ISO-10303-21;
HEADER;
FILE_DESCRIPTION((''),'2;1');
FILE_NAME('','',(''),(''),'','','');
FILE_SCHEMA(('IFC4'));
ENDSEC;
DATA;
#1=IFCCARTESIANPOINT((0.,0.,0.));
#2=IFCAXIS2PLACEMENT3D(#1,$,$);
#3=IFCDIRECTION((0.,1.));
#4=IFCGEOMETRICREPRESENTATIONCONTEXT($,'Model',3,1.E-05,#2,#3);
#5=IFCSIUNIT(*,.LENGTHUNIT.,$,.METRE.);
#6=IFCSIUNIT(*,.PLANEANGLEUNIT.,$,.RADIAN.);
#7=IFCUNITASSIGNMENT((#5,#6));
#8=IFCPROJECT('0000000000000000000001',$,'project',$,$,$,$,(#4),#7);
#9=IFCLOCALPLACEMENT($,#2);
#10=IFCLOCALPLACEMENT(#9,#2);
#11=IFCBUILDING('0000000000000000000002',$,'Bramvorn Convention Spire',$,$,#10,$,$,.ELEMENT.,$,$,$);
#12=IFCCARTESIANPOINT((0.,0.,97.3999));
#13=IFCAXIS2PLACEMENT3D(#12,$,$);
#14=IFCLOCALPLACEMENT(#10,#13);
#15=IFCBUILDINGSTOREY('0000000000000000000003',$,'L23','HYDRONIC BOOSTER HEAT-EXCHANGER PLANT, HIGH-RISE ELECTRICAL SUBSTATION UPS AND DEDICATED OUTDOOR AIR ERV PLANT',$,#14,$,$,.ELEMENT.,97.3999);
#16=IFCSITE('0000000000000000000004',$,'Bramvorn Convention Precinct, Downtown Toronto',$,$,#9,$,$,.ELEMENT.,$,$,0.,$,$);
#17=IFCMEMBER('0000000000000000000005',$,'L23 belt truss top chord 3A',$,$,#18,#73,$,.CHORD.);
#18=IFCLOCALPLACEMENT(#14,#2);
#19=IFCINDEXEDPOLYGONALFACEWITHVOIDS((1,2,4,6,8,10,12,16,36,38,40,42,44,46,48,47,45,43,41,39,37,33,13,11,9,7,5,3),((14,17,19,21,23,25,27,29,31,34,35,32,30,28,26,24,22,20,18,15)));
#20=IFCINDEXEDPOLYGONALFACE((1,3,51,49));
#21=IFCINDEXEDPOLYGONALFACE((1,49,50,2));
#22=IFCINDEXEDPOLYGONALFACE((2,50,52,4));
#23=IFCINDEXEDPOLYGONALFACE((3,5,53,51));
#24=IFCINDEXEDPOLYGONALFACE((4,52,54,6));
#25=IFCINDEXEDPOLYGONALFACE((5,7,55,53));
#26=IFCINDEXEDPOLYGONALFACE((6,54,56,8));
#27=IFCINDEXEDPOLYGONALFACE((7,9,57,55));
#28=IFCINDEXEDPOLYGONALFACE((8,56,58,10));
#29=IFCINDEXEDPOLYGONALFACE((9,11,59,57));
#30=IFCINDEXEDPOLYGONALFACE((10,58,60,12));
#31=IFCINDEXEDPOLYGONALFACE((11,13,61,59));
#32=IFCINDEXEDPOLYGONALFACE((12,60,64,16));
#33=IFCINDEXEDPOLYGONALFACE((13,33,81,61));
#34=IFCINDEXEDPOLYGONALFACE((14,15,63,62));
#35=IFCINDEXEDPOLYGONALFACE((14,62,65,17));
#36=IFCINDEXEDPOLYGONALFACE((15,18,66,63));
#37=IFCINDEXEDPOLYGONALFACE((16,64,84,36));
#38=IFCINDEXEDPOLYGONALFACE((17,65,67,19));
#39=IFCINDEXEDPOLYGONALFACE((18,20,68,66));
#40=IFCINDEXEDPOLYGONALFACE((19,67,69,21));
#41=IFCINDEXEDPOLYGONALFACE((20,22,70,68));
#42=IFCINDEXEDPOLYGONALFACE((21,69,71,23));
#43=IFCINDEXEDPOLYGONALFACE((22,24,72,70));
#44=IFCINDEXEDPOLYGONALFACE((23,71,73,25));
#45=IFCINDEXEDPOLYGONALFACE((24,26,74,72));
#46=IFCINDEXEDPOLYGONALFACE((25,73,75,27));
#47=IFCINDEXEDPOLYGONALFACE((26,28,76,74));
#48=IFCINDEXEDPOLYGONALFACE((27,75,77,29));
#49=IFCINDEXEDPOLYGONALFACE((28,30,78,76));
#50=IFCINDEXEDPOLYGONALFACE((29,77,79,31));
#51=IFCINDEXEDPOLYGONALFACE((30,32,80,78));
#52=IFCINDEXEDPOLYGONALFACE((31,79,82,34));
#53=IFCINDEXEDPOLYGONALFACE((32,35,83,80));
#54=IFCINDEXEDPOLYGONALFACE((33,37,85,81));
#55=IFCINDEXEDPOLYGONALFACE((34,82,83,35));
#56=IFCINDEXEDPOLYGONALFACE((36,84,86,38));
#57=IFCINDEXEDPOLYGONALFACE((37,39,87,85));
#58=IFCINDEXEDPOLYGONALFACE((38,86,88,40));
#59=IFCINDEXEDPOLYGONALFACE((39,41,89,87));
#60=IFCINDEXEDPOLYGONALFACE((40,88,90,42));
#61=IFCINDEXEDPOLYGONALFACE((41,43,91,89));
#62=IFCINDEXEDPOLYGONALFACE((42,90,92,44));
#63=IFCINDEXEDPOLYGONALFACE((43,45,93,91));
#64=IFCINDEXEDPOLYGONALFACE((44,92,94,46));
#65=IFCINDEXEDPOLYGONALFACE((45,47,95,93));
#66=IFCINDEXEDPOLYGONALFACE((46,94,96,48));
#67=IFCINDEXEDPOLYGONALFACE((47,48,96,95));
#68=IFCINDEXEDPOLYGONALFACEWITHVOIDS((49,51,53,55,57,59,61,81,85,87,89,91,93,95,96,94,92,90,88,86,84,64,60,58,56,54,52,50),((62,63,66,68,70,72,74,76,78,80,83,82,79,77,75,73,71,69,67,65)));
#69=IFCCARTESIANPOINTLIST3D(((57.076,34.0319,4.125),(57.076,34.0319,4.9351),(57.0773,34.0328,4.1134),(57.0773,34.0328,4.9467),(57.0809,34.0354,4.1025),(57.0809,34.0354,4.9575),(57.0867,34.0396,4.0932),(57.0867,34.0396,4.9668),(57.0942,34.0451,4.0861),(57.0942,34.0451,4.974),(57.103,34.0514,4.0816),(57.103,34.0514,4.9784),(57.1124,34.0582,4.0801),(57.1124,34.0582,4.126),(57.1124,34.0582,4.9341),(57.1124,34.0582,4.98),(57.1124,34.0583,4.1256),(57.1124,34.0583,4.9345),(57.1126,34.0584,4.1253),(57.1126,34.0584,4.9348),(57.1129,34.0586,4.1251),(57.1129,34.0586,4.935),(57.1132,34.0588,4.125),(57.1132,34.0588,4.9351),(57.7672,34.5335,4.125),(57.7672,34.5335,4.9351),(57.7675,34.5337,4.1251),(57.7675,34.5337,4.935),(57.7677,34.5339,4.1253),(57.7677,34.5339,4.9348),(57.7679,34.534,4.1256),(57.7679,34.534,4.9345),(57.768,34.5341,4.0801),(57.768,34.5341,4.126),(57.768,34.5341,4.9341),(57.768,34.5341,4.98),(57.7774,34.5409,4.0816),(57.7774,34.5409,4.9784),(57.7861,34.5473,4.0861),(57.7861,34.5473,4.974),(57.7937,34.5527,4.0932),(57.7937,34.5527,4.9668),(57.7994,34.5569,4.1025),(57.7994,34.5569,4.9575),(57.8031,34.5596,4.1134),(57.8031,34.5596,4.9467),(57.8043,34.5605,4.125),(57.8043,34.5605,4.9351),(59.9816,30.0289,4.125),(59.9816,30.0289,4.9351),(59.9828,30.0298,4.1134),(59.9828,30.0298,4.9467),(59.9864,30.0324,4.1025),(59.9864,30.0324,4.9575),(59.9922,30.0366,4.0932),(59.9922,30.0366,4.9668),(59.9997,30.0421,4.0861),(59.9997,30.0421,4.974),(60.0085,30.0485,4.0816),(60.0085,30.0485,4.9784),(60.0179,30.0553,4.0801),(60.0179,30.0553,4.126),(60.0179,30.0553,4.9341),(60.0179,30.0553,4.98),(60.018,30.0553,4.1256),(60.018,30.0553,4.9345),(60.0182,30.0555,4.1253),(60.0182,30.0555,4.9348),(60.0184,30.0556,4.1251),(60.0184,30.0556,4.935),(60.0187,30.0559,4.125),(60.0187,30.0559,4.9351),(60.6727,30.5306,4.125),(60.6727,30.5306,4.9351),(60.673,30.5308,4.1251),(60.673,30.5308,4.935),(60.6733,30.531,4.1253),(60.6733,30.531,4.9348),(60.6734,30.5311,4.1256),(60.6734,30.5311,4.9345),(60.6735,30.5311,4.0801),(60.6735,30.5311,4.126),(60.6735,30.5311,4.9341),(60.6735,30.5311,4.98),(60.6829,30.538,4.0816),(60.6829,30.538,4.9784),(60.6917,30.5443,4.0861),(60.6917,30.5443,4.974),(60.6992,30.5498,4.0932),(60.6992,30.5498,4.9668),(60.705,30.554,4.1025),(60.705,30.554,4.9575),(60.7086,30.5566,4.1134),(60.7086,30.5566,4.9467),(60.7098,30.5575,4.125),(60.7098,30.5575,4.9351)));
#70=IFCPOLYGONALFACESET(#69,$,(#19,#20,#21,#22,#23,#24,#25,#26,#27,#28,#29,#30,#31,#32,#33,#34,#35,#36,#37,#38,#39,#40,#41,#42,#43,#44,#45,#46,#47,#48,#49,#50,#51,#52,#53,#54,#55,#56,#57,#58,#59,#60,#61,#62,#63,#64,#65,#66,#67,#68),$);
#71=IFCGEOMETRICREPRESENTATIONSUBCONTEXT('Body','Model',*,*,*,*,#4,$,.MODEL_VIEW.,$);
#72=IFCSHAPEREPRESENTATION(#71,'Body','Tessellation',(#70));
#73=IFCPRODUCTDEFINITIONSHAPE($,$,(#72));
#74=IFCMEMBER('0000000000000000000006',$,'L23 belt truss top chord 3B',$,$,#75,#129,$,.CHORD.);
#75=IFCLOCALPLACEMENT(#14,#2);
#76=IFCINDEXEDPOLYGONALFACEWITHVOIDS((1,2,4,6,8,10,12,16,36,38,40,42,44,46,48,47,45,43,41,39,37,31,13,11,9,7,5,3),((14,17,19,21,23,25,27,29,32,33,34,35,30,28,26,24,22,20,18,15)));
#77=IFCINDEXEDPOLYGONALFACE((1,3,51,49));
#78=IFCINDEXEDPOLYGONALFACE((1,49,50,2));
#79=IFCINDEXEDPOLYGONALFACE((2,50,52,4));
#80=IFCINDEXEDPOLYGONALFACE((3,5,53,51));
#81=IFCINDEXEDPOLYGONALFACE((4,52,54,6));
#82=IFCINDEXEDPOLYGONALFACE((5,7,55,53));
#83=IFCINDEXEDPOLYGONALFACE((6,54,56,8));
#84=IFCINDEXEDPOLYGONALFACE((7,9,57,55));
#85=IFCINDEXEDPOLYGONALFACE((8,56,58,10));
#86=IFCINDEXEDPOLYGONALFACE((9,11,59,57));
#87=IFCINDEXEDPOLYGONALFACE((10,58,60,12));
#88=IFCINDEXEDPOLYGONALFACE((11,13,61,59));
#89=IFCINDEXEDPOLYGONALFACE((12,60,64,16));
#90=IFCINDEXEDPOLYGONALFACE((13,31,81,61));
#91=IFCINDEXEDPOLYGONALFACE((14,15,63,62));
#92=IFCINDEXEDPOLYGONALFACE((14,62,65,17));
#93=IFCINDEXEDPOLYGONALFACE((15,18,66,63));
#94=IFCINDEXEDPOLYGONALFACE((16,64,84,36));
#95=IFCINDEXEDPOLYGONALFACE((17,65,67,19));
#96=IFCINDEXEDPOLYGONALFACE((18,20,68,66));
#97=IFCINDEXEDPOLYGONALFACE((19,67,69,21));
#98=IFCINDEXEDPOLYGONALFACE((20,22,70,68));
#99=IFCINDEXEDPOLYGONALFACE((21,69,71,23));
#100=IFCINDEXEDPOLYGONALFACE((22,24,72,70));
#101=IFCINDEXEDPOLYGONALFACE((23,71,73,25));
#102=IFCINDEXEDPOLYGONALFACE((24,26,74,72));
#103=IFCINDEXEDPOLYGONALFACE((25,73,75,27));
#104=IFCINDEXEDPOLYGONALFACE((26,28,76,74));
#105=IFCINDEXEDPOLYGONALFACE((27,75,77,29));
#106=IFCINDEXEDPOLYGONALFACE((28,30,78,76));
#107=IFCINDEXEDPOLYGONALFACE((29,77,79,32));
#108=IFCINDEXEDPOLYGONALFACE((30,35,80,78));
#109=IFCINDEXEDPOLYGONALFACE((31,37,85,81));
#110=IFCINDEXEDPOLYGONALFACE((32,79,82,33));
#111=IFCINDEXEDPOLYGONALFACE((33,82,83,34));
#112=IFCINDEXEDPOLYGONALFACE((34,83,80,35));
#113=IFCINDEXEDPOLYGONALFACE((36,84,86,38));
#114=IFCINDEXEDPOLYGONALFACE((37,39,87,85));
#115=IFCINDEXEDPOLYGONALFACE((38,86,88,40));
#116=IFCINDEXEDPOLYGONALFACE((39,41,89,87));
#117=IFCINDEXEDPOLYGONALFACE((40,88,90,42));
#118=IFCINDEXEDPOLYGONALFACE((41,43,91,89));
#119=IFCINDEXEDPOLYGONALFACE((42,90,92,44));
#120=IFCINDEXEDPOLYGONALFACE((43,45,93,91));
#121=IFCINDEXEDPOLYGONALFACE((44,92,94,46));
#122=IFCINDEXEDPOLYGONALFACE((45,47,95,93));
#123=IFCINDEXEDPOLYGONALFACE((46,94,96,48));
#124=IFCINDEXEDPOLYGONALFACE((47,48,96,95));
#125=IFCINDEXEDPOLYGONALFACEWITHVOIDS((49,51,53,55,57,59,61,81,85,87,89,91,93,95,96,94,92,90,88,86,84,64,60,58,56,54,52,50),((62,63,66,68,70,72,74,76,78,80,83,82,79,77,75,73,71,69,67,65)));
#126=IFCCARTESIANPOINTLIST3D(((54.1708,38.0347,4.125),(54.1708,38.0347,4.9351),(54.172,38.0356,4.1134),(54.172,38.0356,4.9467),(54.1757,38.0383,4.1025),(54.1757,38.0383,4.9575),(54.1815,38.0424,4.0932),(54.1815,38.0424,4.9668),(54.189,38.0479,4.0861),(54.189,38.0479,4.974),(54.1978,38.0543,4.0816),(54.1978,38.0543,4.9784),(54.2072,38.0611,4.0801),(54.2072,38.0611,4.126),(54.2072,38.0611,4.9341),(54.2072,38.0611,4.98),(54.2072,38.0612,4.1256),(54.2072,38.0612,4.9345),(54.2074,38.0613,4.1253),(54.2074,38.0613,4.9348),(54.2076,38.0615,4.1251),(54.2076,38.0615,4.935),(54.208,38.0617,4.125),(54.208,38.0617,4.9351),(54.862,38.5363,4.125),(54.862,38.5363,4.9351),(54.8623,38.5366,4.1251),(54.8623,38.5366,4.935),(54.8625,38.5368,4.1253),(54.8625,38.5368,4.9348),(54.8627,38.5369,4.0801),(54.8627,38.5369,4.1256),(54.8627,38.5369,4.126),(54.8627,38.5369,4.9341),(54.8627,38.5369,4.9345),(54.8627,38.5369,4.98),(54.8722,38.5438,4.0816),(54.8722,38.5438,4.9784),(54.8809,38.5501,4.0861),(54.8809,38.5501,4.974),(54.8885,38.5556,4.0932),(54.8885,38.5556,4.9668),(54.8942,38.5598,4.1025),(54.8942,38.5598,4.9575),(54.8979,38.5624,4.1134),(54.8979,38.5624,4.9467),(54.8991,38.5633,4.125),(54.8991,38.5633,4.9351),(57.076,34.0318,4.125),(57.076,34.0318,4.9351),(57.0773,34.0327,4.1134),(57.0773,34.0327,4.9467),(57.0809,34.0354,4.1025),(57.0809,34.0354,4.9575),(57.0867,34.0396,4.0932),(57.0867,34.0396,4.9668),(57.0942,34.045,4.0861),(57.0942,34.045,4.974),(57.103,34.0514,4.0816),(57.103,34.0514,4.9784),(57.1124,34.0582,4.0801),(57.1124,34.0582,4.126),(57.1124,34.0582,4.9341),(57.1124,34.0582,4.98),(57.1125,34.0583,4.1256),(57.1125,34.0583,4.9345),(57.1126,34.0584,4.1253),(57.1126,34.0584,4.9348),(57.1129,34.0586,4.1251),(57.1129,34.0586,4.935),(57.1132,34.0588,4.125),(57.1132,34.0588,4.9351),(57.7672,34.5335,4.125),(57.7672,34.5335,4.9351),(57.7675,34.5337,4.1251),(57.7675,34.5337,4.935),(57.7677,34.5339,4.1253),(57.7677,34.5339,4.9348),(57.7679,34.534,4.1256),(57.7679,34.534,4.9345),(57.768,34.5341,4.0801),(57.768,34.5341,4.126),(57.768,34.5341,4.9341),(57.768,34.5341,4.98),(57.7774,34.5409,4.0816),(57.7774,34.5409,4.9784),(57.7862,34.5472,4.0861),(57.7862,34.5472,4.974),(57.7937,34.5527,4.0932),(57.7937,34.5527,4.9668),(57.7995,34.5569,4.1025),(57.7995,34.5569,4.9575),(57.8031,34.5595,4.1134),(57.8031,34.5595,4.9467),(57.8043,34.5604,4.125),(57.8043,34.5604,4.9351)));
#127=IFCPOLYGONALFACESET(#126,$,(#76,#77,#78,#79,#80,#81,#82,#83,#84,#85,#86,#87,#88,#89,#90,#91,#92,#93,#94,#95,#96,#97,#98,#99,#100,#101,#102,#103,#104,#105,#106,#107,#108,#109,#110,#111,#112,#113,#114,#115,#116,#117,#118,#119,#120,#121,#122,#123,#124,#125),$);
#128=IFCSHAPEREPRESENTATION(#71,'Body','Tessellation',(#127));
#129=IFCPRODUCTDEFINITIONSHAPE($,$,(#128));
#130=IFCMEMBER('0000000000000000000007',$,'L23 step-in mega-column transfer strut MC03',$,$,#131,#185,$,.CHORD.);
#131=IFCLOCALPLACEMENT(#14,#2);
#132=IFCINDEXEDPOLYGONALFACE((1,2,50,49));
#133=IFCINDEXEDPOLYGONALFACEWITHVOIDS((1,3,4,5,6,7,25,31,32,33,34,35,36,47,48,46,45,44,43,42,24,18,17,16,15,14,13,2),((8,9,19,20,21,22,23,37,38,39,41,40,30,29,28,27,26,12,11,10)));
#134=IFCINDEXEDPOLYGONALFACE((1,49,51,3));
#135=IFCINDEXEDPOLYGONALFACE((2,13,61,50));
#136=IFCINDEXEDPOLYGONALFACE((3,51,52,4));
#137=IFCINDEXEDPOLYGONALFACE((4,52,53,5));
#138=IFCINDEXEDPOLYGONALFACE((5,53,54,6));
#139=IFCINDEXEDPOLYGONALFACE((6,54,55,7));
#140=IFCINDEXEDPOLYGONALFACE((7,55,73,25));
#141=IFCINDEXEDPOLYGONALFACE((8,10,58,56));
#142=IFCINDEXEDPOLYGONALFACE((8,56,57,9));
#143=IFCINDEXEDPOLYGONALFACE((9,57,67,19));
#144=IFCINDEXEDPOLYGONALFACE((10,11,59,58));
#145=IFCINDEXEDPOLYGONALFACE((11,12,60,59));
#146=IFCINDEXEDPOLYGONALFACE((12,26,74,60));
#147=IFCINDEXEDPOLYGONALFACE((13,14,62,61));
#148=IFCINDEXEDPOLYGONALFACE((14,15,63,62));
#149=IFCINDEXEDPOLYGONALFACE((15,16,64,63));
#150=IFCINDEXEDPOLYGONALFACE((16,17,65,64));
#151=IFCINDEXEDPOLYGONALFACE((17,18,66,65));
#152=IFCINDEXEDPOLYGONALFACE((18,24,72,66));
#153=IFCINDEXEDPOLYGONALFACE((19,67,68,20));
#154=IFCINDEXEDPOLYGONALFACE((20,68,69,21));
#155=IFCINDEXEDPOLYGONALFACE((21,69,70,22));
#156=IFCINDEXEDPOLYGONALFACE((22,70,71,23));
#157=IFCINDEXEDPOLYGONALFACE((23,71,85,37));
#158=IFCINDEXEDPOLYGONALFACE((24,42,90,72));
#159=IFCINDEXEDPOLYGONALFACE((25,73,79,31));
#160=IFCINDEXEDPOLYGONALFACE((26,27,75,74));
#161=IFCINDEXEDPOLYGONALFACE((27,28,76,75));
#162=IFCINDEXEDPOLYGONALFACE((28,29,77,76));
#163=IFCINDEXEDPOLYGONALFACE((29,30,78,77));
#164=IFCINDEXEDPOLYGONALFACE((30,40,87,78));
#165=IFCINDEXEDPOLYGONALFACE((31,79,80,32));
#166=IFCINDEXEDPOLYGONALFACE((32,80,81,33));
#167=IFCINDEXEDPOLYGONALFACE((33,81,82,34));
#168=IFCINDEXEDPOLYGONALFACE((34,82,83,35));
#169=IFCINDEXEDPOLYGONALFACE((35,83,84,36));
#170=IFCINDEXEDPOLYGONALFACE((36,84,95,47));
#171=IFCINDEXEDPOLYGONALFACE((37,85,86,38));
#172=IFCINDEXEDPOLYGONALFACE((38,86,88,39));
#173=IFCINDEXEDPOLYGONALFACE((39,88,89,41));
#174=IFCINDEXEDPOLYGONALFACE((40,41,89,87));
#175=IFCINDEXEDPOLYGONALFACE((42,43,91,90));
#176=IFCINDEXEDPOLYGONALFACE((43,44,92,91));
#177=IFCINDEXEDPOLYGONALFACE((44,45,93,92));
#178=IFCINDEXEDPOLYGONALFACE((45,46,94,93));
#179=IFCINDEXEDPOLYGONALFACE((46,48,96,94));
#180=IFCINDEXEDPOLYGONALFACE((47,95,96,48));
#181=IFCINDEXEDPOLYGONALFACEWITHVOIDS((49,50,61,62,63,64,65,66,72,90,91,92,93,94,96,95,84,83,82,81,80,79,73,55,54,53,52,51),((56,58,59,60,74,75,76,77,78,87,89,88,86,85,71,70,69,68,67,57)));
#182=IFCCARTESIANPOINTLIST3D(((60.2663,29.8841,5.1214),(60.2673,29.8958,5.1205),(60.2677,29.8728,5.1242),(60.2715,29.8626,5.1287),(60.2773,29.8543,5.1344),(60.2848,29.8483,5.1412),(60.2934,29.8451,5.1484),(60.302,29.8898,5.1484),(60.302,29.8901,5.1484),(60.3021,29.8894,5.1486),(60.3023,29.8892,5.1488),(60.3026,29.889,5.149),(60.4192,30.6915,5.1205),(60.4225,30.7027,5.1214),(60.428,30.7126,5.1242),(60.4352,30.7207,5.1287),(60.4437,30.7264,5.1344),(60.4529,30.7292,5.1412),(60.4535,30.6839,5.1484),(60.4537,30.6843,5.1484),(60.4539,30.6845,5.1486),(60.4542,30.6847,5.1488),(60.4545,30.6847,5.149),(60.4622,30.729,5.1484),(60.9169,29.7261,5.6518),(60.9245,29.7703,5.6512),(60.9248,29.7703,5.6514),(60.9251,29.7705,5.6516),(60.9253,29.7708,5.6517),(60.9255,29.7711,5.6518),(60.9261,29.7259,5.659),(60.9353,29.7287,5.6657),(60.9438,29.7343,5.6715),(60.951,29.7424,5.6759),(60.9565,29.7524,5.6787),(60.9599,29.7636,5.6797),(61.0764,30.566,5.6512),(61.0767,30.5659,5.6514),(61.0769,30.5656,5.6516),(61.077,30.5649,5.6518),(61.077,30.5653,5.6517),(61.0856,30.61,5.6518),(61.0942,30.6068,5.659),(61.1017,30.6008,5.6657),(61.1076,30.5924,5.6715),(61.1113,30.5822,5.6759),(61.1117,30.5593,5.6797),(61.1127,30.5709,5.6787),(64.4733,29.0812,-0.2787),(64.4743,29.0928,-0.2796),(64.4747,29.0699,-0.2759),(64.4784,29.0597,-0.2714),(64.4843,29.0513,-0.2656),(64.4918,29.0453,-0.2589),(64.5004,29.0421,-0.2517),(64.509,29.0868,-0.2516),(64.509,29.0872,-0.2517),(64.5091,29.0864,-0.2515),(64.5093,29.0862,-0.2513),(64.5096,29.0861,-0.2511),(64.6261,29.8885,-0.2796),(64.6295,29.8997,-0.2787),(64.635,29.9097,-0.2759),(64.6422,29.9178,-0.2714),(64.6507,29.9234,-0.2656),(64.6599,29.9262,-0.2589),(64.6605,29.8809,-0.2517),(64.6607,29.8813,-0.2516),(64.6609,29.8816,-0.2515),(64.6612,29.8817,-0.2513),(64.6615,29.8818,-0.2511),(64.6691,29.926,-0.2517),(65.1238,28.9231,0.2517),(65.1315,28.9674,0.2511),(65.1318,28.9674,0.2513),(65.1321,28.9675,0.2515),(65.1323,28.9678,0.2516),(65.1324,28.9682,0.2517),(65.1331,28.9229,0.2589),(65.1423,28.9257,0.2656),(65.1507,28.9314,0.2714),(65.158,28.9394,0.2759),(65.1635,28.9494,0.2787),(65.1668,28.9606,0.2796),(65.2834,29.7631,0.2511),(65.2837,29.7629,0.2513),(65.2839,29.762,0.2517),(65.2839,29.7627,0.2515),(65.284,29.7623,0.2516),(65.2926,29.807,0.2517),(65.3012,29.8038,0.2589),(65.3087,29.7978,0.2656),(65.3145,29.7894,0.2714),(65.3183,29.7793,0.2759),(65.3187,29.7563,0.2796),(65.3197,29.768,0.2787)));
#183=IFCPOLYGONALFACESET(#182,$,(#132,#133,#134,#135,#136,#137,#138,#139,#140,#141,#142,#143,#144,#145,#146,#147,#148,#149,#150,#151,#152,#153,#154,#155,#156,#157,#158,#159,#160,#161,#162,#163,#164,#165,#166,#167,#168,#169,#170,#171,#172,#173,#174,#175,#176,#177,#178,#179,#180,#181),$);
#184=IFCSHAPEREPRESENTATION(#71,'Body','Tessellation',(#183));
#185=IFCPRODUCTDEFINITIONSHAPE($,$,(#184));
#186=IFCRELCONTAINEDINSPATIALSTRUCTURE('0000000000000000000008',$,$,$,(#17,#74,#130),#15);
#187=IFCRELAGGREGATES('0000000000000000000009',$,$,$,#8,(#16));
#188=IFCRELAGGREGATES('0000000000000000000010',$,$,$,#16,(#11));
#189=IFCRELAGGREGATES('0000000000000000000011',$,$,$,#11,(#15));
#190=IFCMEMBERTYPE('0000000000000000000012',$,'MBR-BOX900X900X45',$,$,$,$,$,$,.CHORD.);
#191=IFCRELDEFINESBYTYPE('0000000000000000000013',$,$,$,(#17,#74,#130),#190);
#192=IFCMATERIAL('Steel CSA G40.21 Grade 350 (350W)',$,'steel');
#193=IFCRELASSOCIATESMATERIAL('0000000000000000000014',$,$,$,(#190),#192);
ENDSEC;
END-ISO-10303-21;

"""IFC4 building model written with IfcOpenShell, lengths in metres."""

from ifc_helpers import new_model, si_unit, direction, frame, origin, origin_2d, place, context, subcontext, project, spatial, hollow_rectangle, extrude, material, material_profile, profile_set, type_object, element, save


model = new_model("IFC4")

# Units and contexts
model_context = context("Model", 3, precision=1e-05, world=origin(), true_north=direction((0.0, 1.0)))
body_context = subcontext(model_context, "Body", "Model", "MODEL_VIEW")
ifc_project = project(units=[si_unit("LENGTHUNIT", "METRE"), si_unit("PLANEANGLEUNIT", "RADIAN")], contexts=[model_context])

# Site, building, storey
site_placement = place(None, origin())
site = spatial("IfcSite", under=ifc_project, at=site_placement, Name="Bramvorn Convention Precinct, Downtown Toronto", CompositionType="ELEMENT", RefElevation=0.0)
building_placement = place(site_placement, origin())
building = spatial("IfcBuilding", under=site, at=building_placement, Name="Bramvorn Convention Spire", CompositionType="ELEMENT")
storey_placement = place(building_placement, frame((0.0, 0.0, 97.3999)))
storey = spatial("IfcBuildingStorey", under=building, at=storey_placement, Name="L23", Description="HYDRONIC BOOSTER HEAT-EXCHANGER PLANT, HIGH-RISE ELECTRICAL SUBSTATION UPS AND DEDICATED OUTDOOR AIR ERV PLANT", CompositionType="ELEMENT", Elevation=97.3999)

# Shared definitions
ifc_material_1 = material(Name="Steel CSA G40.21 Grade 350 (350W)", Category="steel")

# Members
ifc_material_profile_1 = material_profile(ifc_material_1, hollow_rectangle(XDim=0.8999, YDim=0.8999, WallThickness=0.0449, InnerFilletRadius=0.001, OuterFilletRadius=0.0449, at=origin_2d()))
ifc_profile_set_1 = profile_set([ifc_material_profile_1], Name="Steel CSA G40.21 Grade 350 (350W) - BOX900X900X45")
member_type_1 = type_object("IfcMemberType", Name="MBR-BOX900X900X45", PredefinedType="CHORD", material=ifc_profile_set_1)
member_1_placement = place(storey_placement, frame((60.3457, 30.2932, 4.53), z_axis=(-0.587417, 0.809284, 0.0), x_axis=(-0.809284, -0.587417, 0.0)))
element("IfcMember", 1, at=member_1_placement, inside=storey, type_object=member_type_1, Name="L23 belt truss top chord 3A", PredefinedType="CHORD", context=body_context, shape_type="SweptSolid", body=[
    extrude(hollow_rectangle(XDim=0.8999, YDim=0.8999, WallThickness=0.0449, InnerFilletRadius=0.001, OuterFilletRadius=0.0449, at=origin_2d()), origin(), (0.0, 0.0, 1.0), 4.9463),
])
member_2_placement = place(storey_placement, frame((57.4402, 34.2961, 4.53), z_axis=(-0.587385, 0.809308, 0.0), x_axis=(-0.809308, -0.587385, 0.0)))
element("IfcMember", 2, at=member_2_placement, inside=storey, type_object=member_type_1, Name="L23 belt truss top chord 3B", PredefinedType="CHORD", context=body_context, shape_type="SweptSolid", body=[
    extrude(hollow_rectangle(XDim=0.8999, YDim=0.8999, WallThickness=0.0449, InnerFilletRadius=0.001, OuterFilletRadius=0.0449, at=origin_2d()), origin(), (0.0, 0.0, 1.0), 4.946),
])
member_3_placement = place(storey_placement, frame((64.8965, 29.4246, 0.0), z_axis=(-0.610385, 0.116502, 0.783491), x_axis=(-0.187481, -0.982268, 0.0)))
element("IfcMember", 3, at=member_3_placement, inside=storey, type_object=member_type_1, Name="L23 step-in mega-column transfer strut MC03", PredefinedType="CHORD", context=body_context, shape_type="SweptSolid", body=[
    extrude(hollow_rectangle(XDim=0.8999, YDim=0.8999, WallThickness=0.0449, InnerFilletRadius=0.001, OuterFilletRadius=0.0449, at=origin_2d()), origin(), (0.0, 0.0, 1.0), 6.8923),
])

save(model, "model.ifc")
